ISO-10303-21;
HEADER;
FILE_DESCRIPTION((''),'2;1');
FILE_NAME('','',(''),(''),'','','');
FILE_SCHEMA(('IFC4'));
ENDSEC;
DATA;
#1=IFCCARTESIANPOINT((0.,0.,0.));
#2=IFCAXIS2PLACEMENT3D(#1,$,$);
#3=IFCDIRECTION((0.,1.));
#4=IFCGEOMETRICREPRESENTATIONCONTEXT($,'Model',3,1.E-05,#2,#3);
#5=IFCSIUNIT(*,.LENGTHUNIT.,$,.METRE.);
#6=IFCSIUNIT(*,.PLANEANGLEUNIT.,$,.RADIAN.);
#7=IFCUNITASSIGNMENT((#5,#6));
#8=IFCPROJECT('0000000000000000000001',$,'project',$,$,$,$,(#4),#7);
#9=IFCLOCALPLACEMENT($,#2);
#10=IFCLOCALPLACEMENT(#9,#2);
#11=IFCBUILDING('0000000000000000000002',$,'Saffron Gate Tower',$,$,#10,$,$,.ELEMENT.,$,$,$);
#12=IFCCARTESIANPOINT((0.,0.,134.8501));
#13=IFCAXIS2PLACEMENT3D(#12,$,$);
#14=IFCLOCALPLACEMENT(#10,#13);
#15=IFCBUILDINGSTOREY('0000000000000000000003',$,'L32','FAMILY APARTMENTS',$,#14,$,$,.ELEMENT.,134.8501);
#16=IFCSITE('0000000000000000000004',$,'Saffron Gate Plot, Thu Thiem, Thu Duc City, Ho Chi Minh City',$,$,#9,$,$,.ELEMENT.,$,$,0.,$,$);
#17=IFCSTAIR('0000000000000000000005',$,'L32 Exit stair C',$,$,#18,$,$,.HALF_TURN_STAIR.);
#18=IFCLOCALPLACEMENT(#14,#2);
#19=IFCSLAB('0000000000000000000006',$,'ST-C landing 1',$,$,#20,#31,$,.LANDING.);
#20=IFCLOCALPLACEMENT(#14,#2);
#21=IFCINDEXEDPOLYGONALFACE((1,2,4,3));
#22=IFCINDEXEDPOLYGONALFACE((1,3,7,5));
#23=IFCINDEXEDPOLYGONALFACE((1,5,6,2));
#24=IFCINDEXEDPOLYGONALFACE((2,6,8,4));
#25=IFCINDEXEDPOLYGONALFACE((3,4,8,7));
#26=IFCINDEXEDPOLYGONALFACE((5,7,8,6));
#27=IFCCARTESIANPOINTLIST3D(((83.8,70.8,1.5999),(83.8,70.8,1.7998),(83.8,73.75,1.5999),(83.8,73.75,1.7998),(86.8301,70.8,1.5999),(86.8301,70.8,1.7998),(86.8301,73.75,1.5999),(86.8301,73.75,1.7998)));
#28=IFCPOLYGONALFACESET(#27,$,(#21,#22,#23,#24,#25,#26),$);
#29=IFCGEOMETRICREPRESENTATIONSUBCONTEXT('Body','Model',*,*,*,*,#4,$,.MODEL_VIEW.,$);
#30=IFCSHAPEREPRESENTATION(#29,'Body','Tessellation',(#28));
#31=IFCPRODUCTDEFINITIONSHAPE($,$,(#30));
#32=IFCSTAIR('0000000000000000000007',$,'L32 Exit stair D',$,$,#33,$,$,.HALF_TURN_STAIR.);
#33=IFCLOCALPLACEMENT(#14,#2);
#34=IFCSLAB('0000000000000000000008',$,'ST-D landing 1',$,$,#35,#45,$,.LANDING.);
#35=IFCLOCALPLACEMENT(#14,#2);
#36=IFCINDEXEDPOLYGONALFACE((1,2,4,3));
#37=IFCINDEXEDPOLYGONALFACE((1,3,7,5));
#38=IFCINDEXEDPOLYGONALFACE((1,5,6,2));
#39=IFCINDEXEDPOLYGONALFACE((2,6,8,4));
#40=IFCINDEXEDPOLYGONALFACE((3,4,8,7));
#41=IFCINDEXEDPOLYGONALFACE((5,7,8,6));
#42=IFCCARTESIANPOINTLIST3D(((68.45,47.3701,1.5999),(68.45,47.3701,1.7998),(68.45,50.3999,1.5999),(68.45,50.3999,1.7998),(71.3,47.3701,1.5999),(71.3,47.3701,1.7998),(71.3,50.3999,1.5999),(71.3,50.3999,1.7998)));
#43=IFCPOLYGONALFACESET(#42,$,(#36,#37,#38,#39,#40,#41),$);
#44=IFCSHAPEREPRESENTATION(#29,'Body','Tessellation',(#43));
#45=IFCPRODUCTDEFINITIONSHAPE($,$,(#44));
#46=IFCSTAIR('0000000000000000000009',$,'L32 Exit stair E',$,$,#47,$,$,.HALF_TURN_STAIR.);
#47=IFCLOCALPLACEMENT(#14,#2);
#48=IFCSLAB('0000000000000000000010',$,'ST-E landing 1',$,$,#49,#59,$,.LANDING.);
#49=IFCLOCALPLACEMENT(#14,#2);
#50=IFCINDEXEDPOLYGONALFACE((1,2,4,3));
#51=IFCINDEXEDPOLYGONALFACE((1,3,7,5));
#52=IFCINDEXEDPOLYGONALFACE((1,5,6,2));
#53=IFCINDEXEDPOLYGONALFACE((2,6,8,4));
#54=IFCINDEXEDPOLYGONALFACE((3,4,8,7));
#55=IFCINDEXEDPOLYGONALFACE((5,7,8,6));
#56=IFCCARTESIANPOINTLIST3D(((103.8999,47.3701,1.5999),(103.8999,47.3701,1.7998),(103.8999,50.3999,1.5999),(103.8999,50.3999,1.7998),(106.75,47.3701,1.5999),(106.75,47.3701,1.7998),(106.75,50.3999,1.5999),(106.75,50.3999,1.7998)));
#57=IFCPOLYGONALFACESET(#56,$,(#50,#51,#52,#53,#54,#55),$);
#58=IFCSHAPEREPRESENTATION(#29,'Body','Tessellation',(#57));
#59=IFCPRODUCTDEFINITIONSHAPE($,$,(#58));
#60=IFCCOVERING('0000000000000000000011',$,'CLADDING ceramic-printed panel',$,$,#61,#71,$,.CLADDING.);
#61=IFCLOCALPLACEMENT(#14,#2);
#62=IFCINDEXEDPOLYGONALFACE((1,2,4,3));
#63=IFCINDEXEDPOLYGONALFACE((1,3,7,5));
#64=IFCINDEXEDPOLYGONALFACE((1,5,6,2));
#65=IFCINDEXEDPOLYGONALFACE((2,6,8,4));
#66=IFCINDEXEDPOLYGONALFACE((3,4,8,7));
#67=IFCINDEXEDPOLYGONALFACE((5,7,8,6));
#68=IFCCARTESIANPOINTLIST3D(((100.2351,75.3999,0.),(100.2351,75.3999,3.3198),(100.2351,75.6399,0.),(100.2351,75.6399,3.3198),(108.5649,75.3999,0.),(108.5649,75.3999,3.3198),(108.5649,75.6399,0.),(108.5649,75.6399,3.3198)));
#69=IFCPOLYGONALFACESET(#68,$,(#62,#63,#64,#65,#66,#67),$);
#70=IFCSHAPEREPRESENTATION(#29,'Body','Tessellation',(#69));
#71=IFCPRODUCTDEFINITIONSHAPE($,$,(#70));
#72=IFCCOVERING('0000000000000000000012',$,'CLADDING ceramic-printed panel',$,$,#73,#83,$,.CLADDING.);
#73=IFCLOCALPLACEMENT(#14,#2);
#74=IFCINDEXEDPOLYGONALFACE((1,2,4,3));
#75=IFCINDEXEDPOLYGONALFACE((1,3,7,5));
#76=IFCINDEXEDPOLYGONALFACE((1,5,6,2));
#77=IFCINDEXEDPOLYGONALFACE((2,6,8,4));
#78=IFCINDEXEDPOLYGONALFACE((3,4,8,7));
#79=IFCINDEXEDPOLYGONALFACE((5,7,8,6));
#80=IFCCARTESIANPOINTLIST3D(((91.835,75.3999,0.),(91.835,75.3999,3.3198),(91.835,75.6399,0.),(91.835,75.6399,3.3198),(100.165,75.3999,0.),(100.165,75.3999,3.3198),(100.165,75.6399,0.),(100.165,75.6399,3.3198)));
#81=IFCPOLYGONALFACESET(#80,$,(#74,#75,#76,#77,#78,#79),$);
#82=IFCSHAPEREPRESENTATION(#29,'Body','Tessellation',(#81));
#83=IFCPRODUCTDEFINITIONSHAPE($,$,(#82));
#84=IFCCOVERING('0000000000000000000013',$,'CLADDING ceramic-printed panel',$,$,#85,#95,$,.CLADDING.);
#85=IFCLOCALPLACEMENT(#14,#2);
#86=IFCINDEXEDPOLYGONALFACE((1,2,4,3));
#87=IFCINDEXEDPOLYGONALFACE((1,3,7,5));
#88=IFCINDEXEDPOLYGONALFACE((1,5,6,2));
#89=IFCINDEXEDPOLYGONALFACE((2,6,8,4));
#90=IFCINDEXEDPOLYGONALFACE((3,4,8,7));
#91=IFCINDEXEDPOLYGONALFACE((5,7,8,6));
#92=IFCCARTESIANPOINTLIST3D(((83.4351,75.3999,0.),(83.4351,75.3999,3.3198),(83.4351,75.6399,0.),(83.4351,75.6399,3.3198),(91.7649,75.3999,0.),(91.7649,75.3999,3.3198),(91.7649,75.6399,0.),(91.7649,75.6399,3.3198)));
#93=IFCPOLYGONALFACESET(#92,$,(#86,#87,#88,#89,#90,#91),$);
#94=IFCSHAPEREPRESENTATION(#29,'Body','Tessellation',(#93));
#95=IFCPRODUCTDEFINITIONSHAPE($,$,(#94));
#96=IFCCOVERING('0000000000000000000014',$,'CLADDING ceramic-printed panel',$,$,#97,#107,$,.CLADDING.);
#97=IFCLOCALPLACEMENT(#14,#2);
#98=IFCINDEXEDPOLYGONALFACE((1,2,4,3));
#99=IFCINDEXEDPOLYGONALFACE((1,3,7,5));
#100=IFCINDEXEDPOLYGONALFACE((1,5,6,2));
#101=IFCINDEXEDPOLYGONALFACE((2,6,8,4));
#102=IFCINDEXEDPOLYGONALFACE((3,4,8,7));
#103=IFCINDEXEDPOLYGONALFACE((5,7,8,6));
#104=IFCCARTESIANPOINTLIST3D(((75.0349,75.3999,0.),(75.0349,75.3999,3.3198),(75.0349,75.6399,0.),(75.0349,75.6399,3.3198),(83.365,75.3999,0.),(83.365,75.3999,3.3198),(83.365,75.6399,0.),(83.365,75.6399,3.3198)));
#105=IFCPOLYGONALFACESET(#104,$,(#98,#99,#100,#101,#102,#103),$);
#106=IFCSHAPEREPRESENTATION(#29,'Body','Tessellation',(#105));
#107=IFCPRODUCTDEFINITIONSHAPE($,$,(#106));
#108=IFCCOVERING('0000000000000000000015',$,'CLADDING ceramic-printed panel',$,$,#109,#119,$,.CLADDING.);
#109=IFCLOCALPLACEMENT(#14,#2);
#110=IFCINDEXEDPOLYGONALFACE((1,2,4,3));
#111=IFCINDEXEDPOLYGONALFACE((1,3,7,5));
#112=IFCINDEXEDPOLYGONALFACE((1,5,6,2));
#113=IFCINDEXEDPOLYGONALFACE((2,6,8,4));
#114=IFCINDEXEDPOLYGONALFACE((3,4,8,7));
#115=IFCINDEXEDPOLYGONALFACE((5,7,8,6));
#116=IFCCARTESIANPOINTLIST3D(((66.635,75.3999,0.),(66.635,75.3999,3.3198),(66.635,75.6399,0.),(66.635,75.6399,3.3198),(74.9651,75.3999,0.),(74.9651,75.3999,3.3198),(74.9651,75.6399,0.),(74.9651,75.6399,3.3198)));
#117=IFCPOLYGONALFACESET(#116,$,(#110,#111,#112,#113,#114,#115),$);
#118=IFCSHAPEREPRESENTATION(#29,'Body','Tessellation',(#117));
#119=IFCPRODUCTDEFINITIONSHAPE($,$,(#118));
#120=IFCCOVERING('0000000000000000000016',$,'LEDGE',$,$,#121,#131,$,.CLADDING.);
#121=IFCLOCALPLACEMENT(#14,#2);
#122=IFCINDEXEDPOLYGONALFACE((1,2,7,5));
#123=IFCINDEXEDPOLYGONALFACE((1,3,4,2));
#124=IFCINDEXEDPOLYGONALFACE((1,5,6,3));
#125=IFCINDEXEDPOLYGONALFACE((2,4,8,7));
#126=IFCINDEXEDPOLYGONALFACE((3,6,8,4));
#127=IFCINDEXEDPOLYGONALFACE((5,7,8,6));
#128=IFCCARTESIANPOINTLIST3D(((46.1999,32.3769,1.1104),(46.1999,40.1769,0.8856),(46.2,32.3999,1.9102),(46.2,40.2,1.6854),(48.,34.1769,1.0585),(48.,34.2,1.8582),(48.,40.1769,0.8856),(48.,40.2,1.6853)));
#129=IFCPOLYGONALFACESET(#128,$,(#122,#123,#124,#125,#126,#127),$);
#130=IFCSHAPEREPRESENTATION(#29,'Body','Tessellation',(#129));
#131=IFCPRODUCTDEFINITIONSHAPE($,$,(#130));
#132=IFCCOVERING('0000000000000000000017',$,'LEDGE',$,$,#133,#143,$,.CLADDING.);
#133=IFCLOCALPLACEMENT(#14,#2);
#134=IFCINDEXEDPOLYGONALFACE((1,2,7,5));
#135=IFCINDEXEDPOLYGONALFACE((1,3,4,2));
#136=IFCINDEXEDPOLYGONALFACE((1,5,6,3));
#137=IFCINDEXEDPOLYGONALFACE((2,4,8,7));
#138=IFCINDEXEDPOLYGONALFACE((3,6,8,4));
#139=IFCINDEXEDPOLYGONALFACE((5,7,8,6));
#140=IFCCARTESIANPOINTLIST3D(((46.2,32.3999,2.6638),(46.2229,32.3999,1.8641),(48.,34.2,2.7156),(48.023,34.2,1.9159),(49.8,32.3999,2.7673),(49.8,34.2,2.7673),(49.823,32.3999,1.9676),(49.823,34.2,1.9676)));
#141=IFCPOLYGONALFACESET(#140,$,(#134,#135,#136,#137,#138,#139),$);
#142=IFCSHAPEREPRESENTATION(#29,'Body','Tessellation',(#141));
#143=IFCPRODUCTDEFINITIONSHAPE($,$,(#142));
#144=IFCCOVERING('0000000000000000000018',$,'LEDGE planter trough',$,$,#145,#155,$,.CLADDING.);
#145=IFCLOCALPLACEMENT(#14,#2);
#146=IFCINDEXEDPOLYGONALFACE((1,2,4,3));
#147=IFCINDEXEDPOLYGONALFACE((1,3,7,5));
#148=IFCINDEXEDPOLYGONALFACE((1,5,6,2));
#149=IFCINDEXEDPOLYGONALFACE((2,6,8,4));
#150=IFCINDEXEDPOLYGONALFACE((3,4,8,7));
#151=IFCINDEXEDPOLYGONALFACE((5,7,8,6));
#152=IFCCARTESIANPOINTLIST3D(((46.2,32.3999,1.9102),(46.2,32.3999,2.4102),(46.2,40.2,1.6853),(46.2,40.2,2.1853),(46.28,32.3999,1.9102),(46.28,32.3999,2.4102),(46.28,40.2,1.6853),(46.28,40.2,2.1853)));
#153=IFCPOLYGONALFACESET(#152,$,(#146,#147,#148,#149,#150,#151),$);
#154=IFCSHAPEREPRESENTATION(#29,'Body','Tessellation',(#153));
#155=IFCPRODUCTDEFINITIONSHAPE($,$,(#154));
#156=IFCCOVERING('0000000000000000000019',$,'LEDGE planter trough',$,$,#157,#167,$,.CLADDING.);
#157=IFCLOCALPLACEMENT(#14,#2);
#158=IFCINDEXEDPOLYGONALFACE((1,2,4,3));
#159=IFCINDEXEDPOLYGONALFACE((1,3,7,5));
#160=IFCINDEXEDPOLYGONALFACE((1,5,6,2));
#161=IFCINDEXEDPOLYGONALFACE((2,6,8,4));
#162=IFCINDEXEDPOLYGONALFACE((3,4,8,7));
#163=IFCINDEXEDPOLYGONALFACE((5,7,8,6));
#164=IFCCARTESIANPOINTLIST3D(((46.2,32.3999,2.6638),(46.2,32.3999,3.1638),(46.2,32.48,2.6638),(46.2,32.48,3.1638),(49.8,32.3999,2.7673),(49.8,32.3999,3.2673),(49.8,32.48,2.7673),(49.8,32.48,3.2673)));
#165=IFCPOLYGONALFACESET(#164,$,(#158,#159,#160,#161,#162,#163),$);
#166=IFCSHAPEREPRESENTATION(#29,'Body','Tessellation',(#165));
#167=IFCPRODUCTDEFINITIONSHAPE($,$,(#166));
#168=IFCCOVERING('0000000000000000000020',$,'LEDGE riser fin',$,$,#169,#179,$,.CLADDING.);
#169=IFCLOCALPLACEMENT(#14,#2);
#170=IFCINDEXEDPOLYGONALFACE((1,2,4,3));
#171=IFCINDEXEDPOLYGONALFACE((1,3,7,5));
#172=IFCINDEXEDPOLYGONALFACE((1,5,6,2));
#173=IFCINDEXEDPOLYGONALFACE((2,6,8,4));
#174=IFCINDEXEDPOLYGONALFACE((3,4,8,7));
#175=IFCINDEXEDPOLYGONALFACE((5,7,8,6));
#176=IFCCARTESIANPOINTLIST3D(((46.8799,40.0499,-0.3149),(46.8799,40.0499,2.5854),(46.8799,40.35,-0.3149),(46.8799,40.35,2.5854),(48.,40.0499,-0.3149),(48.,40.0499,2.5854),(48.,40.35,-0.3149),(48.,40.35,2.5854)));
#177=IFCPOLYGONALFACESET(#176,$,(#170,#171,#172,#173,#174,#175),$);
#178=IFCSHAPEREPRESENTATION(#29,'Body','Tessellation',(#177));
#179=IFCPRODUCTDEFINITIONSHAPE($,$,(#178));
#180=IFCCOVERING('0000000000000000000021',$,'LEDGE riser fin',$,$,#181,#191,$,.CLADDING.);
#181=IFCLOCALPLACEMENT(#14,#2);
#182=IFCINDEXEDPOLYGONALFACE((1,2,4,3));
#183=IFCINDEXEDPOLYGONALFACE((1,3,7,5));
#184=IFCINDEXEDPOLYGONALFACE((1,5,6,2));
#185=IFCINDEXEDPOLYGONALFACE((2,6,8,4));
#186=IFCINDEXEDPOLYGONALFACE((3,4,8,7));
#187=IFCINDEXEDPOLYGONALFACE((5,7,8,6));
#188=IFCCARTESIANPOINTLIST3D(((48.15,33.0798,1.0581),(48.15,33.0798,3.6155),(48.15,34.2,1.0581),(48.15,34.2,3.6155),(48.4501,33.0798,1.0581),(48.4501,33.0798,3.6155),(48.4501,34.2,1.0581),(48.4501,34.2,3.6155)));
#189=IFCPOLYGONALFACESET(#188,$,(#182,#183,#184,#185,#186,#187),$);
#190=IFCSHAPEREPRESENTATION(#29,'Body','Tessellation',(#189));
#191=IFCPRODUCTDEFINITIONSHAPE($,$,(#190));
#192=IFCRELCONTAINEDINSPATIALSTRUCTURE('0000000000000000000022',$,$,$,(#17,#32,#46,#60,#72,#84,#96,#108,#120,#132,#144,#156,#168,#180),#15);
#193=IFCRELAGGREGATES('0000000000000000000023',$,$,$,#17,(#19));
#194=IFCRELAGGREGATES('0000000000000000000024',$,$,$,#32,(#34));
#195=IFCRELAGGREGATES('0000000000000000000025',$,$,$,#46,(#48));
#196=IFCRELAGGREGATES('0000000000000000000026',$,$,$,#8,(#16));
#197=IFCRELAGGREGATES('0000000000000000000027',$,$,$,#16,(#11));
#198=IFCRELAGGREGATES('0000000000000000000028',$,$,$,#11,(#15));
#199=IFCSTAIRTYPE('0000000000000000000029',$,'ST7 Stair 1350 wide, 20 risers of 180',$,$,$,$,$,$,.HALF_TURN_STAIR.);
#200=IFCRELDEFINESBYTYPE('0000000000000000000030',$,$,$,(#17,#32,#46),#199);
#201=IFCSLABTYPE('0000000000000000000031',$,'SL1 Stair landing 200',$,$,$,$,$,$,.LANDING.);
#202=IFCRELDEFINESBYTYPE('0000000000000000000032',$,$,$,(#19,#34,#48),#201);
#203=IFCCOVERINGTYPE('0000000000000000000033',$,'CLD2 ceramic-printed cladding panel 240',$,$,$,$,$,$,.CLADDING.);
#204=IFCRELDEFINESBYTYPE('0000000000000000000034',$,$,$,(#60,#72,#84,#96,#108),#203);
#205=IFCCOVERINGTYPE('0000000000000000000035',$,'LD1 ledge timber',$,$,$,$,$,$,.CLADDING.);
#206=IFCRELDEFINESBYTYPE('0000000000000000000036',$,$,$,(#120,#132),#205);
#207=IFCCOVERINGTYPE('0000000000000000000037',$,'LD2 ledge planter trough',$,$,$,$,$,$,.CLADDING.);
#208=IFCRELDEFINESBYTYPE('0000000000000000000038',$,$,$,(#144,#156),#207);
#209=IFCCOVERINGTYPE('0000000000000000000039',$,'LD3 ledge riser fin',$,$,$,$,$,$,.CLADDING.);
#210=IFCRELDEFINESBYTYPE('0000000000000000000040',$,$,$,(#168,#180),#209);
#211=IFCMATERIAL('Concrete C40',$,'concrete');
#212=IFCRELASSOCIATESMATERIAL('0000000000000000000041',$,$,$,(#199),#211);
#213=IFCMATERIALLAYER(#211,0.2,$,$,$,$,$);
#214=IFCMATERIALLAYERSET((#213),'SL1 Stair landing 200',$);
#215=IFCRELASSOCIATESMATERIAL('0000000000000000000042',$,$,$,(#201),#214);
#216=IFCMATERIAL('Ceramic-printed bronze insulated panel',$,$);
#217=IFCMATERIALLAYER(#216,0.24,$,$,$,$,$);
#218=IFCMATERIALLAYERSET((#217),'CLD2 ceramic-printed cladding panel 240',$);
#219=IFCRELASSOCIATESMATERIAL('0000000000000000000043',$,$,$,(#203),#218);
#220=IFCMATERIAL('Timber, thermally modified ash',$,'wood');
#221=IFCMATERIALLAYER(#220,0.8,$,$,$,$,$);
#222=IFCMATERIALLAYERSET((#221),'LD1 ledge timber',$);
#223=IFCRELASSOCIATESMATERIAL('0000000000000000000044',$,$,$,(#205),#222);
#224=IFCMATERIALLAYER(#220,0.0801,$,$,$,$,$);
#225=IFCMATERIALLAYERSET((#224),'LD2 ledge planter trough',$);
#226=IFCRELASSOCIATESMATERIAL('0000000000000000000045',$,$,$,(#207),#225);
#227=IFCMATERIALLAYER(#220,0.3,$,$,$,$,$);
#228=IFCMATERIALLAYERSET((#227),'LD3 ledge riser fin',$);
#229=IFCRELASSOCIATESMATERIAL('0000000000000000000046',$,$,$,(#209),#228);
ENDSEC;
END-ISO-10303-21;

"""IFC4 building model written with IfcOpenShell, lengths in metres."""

from ifc_helpers import new_model, si_unit, direction, frame, origin, origin_2d, place, context, subcontext, project, spatial, polyline, rectangle, outline, extrude, material, layer, layer_set, type_object, element, aggregate, save


model = new_model("IFC4")

# Units and contexts
model_context = context("Model", 3, precision=1e-05, world=origin(), true_north=direction((0.0, 1.0)))
body_context = subcontext(model_context, "Body", "Model", "MODEL_VIEW")
ifc_project = project(units=[si_unit("LENGTHUNIT", "METRE"), si_unit("PLANEANGLEUNIT", "RADIAN")], contexts=[model_context])

# Site, building, storey
site_placement = place(None, origin())
site = spatial("IfcSite", under=ifc_project, at=site_placement, Name="Saffron Gate Plot, Thu Thiem, Thu Duc City, Ho Chi Minh City", CompositionType="ELEMENT", RefElevation=0.0)
building_placement = place(site_placement, origin())
building = spatial("IfcBuilding", under=site, at=building_placement, Name="Saffron Gate Tower", CompositionType="ELEMENT")
storey_placement = place(building_placement, frame((0.0, 0.0, 134.8501)))
storey = spatial("IfcBuildingStorey", under=building, at=storey_placement, Name="L32", Description="FAMILY APARTMENTS", CompositionType="ELEMENT", Elevation=134.8501)

# Shared definitions
ifc_material_1 = material(Name="Concrete C40", Category="concrete")

# Stairs, slabs
stair_type = type_object("IfcStairType", Name="ST7 Stair 1350 wide, 20 risers of 180", PredefinedType="HALF_TURN_STAIR", material=ifc_material_1)
ifc_layer_1 = layer(ifc_material_1, 0.2)
ifc_layer_set_1 = layer_set([ifc_layer_1], Name="SL1 Stair landing 200")
slab_type_1 = type_object("IfcSlabType", Name="SL1 Stair landing 200", PredefinedType="LANDING", material=ifc_layer_set_1)
stair_1_placement = place(storey_placement, origin())
stair_1 = element("IfcStair", 1, at=stair_1_placement, inside=storey, type_object=stair_type, Name="L32 Exit stair C", PredefinedType="HALF_TURN_STAIR")
slab_1_placement = place(storey_placement, frame((0.0, 0.0, 1.5999)))
slab_1 = element("IfcSlab", 2, at=slab_1_placement, type_object=slab_type_1, Name="ST-C landing 1", PredefinedType="LANDING", context=body_context, shape_type="SweptSolid", body=[
    extrude(outline(polyline([(86.8301, 73.75), (83.8, 73.75), (83.8, 70.8), (86.8301, 70.8), (86.8301, 73.75)])), origin(), (0.0, 0.0, 1.0), 0.2),
])
aggregate(stair_1, [slab_1])
stair_2_placement = place(storey_placement, origin())
stair_2 = element("IfcStair", 3, at=stair_2_placement, inside=storey, type_object=stair_type, Name="L32 Exit stair D", PredefinedType="HALF_TURN_STAIR")
slab_2_placement = place(storey_placement, frame((0.0, 0.0, 1.5999)))
slab_2 = element("IfcSlab", 4, at=slab_2_placement, type_object=slab_type_1, Name="ST-D landing 1", PredefinedType="LANDING", context=body_context, shape_type="SweptSolid", body=[
    extrude(outline(polyline([(71.3, 47.3701), (71.3, 50.3999), (68.45, 50.3999), (68.45, 47.3701), (71.3, 47.3701)])), origin(), (0.0, 0.0, 1.0), 0.2),
])
aggregate(stair_2, [slab_2])
stair_3_placement = place(storey_placement, origin())
stair_3 = element("IfcStair", 5, at=stair_3_placement, inside=storey, type_object=stair_type, Name="L32 Exit stair E", PredefinedType="HALF_TURN_STAIR")
slab_3_placement = place(storey_placement, frame((0.0, 0.0, 1.5999)))
slab_3 = element("IfcSlab", 6, at=slab_3_placement, type_object=slab_type_1, Name="ST-E landing 1", PredefinedType="LANDING", context=body_context, shape_type="SweptSolid", body=[
    extrude(outline(polyline([(106.75, 47.3701), (106.75, 50.3999), (103.8999, 50.3999), (103.8999, 47.3701), (106.75, 47.3701)])), origin(), (0.0, 0.0, 1.0), 0.2),
])
aggregate(stair_3, [slab_3])

# Coverings
ifc_material_2 = material(Name="Ceramic-printed bronze insulated panel")
ifc_layer_2 = layer(ifc_material_2, 0.24)
ifc_layer_set_2 = layer_set([ifc_layer_2], Name="CLD2 ceramic-printed cladding panel 240")
covering_type_1 = type_object("IfcCoveringType", Name="CLD2 ceramic-printed cladding panel 240", PredefinedType="CLADDING", material=ifc_layer_set_2)
covering_1_placement = place(storey_placement, origin())
element("IfcCovering", 7, at=covering_1_placement, inside=storey, type_object=covering_type_1, Name="CLADDING ceramic-printed panel", PredefinedType="CLADDING", context=body_context, shape_type="SweptSolid", body=[
    extrude(outline(polyline([(108.5649, 75.6399), (100.2351, 75.6399), (100.2351, 75.3999), (108.5649, 75.3999), (108.5649, 75.6399)])), origin(), (0.0, 0.0, 1.0), 3.3198),
])
covering_2_placement = place(storey_placement, origin())
element("IfcCovering", 8, at=covering_2_placement, inside=storey, type_object=covering_type_1, Name="CLADDING ceramic-printed panel", PredefinedType="CLADDING", context=body_context, shape_type="SweptSolid", body=[
    extrude(outline(polyline([(100.165, 75.6399), (91.835, 75.6399), (91.835, 75.3999), (100.165, 75.3999), (100.165, 75.6399)])), origin(), (0.0, 0.0, 1.0), 3.3198),
])
covering_3_placement = place(storey_placement, origin())
element("IfcCovering", 9, at=covering_3_placement, inside=storey, type_object=covering_type_1, Name="CLADDING ceramic-printed panel", PredefinedType="CLADDING", context=body_context, shape_type="SweptSolid", body=[
    extrude(outline(polyline([(91.7649, 75.6399), (83.4351, 75.6399), (83.4351, 75.3999), (91.7649, 75.3999), (91.7649, 75.6399)])), origin(), (0.0, 0.0, 1.0), 3.3198),
])
covering_4_placement = place(storey_placement, origin())
element("IfcCovering", 10, at=covering_4_placement, inside=storey, type_object=covering_type_1, Name="CLADDING ceramic-printed panel", PredefinedType="CLADDING", context=body_context, shape_type="SweptSolid", body=[
    extrude(outline(polyline([(83.365, 75.6399), (75.0349, 75.6399), (75.0349, 75.3999), (83.365, 75.3999), (83.365, 75.6399)])), origin(), (0.0, 0.0, 1.0), 3.3198),
])
covering_5_placement = place(storey_placement, origin())
element("IfcCovering", 11, at=covering_5_placement, inside=storey, type_object=covering_type_1, Name="CLADDING ceramic-printed panel", PredefinedType="CLADDING", context=body_context, shape_type="SweptSolid", body=[
    extrude(outline(polyline([(74.9651, 75.6399), (66.635, 75.6399), (66.635, 75.3999), (74.9651, 75.3999), (74.9651, 75.6399)])), origin(), (0.0, 0.0, 1.0), 3.3198),
])
ifc_material_3 = material(Name="Timber, thermally modified ash", Category="wood")
ifc_layer_3 = layer(ifc_material_3, 0.8)
ifc_layer_set_3 = layer_set([ifc_layer_3], Name="LD1 ledge timber")
covering_type_2 = type_object("IfcCoveringType", Name="LD1 ledge timber", PredefinedType="CLADDING", material=ifc_layer_set_3)
covering_6_placement = place(storey_placement, frame((48.0, 40.2, 1.6853), z_axis=(0.000035, 0.028807, 0.999585), x_axis=(0.0, -0.999585, 0.028807)))
element("IfcCovering", 12, at=covering_6_placement, inside=storey, type_object=covering_type_2, Name="LEDGE", PredefinedType="CLADDING", context=body_context, shape_type="SweptSolid", body=[
    extrude(outline(polyline([(0.0, 0.0), (6.0025, 0.0), (7.8033, -1.8), (0.0, -1.8), (0.0, 0.0)])), origin(), (0.0, 0.0, -1.0), 0.8),
])
covering_7_placement = place(storey_placement, frame((48.0, 34.2, 2.7156), z_axis=(-0.028742, 0.0, 0.999587), x_axis=(0.999587, 0.0, 0.028742)))
element("IfcCovering", 13, at=covering_7_placement, inside=storey, type_object=covering_type_2, Name="LEDGE", PredefinedType="CLADDING", context=body_context, shape_type="SweptSolid", body=[
    extrude(outline(polyline([(0.0, 0.0), (1.8008, 0.0), (1.8008, -1.8), (-1.8008, -1.8), (0.0, 0.0)])), origin(), (0.0, 0.0, -1.0), 0.8),
])
ifc_layer_4 = layer(ifc_material_3, 0.0801)
ifc_layer_set_4 = layer_set([ifc_layer_4], Name="LD2 ledge planter trough")
covering_type_3 = type_object("IfcCoveringType", Name="LD2 ledge planter trough", PredefinedType="CLADDING", material=ifc_layer_set_4)
covering_8_placement = place(storey_placement, frame((46.2, 40.2, 1.6853), z_axis=(-1.0, 0.0, 0.0), x_axis=(0.0, -0.999585, 0.028815)))
element("IfcCovering", 14, at=covering_8_placement, inside=storey, type_object=covering_type_3, Name="LEDGE planter trough", PredefinedType="CLADDING", context=body_context, shape_type="SweptSolid", body=[
    extrude(outline(polyline([(0.0, 0.0), (7.8033, 0.0), (7.8177, 0.4998), (0.0144, 0.4998), (0.0, 0.0)])), origin(), (0.0, 0.0, -1.0), 0.0801),
])
covering_9_placement = place(storey_placement, frame((46.2, 32.3999, 2.6638), z_axis=(0.0, -1.0, 0.0), x_axis=(0.999587, 0.0, 0.028742)))
element("IfcCovering", 15, at=covering_9_placement, inside=storey, type_object=covering_type_3, Name="LEDGE planter trough", PredefinedType="CLADDING", context=body_context, shape_type="SweptSolid", body=[
    extrude(outline(polyline([(0.0, 0.0), (3.6016, 0.0), (3.616, 0.4998), (0.0144, 0.4998), (0.0, 0.0)])), origin(), (0.0, 0.0, -1.0), 0.0801),
])
ifc_layer_5 = layer(ifc_material_3, 0.3)
ifc_layer_set_5 = layer_set([ifc_layer_5], Name="LD3 ledge riser fin")
covering_type_4 = type_object("IfcCoveringType", Name="LD3 ledge riser fin", PredefinedType="CLADDING", material=ifc_layer_set_5)
covering_10_placement = place(storey_placement, frame((47.4399, 40.2, -0.3149), z_axis=(0.0, 0.0, 1.0), x_axis=(0.0, -1.0, 0.0)))
element("IfcCovering", 16, at=covering_10_placement, inside=storey, type_object=covering_type_4, Name="LEDGE riser fin", PredefinedType="CLADDING", context=body_context, shape_type="SweptSolid", body=[
    extrude(rectangle(XDim=0.3, YDim=1.1201, at=origin_2d()), origin(), (0.0, 0.0, 1.0), 2.9004),
])
covering_11_placement = place(storey_placement, frame((48.3, 33.6399, 1.0581), z_axis=(0.0, 0.0, 1.0), x_axis=(1.0, 0.0, 0.0)))
element("IfcCovering", 17, at=covering_11_placement, inside=storey, type_object=covering_type_4, Name="LEDGE riser fin", PredefinedType="CLADDING", context=body_context, shape_type="SweptSolid", body=[
    extrude(rectangle(XDim=0.3, YDim=1.1201, at=origin_2d()), origin(), (0.0, 0.0, 1.0), 2.5574),
])

save(model, "model.ifc")
